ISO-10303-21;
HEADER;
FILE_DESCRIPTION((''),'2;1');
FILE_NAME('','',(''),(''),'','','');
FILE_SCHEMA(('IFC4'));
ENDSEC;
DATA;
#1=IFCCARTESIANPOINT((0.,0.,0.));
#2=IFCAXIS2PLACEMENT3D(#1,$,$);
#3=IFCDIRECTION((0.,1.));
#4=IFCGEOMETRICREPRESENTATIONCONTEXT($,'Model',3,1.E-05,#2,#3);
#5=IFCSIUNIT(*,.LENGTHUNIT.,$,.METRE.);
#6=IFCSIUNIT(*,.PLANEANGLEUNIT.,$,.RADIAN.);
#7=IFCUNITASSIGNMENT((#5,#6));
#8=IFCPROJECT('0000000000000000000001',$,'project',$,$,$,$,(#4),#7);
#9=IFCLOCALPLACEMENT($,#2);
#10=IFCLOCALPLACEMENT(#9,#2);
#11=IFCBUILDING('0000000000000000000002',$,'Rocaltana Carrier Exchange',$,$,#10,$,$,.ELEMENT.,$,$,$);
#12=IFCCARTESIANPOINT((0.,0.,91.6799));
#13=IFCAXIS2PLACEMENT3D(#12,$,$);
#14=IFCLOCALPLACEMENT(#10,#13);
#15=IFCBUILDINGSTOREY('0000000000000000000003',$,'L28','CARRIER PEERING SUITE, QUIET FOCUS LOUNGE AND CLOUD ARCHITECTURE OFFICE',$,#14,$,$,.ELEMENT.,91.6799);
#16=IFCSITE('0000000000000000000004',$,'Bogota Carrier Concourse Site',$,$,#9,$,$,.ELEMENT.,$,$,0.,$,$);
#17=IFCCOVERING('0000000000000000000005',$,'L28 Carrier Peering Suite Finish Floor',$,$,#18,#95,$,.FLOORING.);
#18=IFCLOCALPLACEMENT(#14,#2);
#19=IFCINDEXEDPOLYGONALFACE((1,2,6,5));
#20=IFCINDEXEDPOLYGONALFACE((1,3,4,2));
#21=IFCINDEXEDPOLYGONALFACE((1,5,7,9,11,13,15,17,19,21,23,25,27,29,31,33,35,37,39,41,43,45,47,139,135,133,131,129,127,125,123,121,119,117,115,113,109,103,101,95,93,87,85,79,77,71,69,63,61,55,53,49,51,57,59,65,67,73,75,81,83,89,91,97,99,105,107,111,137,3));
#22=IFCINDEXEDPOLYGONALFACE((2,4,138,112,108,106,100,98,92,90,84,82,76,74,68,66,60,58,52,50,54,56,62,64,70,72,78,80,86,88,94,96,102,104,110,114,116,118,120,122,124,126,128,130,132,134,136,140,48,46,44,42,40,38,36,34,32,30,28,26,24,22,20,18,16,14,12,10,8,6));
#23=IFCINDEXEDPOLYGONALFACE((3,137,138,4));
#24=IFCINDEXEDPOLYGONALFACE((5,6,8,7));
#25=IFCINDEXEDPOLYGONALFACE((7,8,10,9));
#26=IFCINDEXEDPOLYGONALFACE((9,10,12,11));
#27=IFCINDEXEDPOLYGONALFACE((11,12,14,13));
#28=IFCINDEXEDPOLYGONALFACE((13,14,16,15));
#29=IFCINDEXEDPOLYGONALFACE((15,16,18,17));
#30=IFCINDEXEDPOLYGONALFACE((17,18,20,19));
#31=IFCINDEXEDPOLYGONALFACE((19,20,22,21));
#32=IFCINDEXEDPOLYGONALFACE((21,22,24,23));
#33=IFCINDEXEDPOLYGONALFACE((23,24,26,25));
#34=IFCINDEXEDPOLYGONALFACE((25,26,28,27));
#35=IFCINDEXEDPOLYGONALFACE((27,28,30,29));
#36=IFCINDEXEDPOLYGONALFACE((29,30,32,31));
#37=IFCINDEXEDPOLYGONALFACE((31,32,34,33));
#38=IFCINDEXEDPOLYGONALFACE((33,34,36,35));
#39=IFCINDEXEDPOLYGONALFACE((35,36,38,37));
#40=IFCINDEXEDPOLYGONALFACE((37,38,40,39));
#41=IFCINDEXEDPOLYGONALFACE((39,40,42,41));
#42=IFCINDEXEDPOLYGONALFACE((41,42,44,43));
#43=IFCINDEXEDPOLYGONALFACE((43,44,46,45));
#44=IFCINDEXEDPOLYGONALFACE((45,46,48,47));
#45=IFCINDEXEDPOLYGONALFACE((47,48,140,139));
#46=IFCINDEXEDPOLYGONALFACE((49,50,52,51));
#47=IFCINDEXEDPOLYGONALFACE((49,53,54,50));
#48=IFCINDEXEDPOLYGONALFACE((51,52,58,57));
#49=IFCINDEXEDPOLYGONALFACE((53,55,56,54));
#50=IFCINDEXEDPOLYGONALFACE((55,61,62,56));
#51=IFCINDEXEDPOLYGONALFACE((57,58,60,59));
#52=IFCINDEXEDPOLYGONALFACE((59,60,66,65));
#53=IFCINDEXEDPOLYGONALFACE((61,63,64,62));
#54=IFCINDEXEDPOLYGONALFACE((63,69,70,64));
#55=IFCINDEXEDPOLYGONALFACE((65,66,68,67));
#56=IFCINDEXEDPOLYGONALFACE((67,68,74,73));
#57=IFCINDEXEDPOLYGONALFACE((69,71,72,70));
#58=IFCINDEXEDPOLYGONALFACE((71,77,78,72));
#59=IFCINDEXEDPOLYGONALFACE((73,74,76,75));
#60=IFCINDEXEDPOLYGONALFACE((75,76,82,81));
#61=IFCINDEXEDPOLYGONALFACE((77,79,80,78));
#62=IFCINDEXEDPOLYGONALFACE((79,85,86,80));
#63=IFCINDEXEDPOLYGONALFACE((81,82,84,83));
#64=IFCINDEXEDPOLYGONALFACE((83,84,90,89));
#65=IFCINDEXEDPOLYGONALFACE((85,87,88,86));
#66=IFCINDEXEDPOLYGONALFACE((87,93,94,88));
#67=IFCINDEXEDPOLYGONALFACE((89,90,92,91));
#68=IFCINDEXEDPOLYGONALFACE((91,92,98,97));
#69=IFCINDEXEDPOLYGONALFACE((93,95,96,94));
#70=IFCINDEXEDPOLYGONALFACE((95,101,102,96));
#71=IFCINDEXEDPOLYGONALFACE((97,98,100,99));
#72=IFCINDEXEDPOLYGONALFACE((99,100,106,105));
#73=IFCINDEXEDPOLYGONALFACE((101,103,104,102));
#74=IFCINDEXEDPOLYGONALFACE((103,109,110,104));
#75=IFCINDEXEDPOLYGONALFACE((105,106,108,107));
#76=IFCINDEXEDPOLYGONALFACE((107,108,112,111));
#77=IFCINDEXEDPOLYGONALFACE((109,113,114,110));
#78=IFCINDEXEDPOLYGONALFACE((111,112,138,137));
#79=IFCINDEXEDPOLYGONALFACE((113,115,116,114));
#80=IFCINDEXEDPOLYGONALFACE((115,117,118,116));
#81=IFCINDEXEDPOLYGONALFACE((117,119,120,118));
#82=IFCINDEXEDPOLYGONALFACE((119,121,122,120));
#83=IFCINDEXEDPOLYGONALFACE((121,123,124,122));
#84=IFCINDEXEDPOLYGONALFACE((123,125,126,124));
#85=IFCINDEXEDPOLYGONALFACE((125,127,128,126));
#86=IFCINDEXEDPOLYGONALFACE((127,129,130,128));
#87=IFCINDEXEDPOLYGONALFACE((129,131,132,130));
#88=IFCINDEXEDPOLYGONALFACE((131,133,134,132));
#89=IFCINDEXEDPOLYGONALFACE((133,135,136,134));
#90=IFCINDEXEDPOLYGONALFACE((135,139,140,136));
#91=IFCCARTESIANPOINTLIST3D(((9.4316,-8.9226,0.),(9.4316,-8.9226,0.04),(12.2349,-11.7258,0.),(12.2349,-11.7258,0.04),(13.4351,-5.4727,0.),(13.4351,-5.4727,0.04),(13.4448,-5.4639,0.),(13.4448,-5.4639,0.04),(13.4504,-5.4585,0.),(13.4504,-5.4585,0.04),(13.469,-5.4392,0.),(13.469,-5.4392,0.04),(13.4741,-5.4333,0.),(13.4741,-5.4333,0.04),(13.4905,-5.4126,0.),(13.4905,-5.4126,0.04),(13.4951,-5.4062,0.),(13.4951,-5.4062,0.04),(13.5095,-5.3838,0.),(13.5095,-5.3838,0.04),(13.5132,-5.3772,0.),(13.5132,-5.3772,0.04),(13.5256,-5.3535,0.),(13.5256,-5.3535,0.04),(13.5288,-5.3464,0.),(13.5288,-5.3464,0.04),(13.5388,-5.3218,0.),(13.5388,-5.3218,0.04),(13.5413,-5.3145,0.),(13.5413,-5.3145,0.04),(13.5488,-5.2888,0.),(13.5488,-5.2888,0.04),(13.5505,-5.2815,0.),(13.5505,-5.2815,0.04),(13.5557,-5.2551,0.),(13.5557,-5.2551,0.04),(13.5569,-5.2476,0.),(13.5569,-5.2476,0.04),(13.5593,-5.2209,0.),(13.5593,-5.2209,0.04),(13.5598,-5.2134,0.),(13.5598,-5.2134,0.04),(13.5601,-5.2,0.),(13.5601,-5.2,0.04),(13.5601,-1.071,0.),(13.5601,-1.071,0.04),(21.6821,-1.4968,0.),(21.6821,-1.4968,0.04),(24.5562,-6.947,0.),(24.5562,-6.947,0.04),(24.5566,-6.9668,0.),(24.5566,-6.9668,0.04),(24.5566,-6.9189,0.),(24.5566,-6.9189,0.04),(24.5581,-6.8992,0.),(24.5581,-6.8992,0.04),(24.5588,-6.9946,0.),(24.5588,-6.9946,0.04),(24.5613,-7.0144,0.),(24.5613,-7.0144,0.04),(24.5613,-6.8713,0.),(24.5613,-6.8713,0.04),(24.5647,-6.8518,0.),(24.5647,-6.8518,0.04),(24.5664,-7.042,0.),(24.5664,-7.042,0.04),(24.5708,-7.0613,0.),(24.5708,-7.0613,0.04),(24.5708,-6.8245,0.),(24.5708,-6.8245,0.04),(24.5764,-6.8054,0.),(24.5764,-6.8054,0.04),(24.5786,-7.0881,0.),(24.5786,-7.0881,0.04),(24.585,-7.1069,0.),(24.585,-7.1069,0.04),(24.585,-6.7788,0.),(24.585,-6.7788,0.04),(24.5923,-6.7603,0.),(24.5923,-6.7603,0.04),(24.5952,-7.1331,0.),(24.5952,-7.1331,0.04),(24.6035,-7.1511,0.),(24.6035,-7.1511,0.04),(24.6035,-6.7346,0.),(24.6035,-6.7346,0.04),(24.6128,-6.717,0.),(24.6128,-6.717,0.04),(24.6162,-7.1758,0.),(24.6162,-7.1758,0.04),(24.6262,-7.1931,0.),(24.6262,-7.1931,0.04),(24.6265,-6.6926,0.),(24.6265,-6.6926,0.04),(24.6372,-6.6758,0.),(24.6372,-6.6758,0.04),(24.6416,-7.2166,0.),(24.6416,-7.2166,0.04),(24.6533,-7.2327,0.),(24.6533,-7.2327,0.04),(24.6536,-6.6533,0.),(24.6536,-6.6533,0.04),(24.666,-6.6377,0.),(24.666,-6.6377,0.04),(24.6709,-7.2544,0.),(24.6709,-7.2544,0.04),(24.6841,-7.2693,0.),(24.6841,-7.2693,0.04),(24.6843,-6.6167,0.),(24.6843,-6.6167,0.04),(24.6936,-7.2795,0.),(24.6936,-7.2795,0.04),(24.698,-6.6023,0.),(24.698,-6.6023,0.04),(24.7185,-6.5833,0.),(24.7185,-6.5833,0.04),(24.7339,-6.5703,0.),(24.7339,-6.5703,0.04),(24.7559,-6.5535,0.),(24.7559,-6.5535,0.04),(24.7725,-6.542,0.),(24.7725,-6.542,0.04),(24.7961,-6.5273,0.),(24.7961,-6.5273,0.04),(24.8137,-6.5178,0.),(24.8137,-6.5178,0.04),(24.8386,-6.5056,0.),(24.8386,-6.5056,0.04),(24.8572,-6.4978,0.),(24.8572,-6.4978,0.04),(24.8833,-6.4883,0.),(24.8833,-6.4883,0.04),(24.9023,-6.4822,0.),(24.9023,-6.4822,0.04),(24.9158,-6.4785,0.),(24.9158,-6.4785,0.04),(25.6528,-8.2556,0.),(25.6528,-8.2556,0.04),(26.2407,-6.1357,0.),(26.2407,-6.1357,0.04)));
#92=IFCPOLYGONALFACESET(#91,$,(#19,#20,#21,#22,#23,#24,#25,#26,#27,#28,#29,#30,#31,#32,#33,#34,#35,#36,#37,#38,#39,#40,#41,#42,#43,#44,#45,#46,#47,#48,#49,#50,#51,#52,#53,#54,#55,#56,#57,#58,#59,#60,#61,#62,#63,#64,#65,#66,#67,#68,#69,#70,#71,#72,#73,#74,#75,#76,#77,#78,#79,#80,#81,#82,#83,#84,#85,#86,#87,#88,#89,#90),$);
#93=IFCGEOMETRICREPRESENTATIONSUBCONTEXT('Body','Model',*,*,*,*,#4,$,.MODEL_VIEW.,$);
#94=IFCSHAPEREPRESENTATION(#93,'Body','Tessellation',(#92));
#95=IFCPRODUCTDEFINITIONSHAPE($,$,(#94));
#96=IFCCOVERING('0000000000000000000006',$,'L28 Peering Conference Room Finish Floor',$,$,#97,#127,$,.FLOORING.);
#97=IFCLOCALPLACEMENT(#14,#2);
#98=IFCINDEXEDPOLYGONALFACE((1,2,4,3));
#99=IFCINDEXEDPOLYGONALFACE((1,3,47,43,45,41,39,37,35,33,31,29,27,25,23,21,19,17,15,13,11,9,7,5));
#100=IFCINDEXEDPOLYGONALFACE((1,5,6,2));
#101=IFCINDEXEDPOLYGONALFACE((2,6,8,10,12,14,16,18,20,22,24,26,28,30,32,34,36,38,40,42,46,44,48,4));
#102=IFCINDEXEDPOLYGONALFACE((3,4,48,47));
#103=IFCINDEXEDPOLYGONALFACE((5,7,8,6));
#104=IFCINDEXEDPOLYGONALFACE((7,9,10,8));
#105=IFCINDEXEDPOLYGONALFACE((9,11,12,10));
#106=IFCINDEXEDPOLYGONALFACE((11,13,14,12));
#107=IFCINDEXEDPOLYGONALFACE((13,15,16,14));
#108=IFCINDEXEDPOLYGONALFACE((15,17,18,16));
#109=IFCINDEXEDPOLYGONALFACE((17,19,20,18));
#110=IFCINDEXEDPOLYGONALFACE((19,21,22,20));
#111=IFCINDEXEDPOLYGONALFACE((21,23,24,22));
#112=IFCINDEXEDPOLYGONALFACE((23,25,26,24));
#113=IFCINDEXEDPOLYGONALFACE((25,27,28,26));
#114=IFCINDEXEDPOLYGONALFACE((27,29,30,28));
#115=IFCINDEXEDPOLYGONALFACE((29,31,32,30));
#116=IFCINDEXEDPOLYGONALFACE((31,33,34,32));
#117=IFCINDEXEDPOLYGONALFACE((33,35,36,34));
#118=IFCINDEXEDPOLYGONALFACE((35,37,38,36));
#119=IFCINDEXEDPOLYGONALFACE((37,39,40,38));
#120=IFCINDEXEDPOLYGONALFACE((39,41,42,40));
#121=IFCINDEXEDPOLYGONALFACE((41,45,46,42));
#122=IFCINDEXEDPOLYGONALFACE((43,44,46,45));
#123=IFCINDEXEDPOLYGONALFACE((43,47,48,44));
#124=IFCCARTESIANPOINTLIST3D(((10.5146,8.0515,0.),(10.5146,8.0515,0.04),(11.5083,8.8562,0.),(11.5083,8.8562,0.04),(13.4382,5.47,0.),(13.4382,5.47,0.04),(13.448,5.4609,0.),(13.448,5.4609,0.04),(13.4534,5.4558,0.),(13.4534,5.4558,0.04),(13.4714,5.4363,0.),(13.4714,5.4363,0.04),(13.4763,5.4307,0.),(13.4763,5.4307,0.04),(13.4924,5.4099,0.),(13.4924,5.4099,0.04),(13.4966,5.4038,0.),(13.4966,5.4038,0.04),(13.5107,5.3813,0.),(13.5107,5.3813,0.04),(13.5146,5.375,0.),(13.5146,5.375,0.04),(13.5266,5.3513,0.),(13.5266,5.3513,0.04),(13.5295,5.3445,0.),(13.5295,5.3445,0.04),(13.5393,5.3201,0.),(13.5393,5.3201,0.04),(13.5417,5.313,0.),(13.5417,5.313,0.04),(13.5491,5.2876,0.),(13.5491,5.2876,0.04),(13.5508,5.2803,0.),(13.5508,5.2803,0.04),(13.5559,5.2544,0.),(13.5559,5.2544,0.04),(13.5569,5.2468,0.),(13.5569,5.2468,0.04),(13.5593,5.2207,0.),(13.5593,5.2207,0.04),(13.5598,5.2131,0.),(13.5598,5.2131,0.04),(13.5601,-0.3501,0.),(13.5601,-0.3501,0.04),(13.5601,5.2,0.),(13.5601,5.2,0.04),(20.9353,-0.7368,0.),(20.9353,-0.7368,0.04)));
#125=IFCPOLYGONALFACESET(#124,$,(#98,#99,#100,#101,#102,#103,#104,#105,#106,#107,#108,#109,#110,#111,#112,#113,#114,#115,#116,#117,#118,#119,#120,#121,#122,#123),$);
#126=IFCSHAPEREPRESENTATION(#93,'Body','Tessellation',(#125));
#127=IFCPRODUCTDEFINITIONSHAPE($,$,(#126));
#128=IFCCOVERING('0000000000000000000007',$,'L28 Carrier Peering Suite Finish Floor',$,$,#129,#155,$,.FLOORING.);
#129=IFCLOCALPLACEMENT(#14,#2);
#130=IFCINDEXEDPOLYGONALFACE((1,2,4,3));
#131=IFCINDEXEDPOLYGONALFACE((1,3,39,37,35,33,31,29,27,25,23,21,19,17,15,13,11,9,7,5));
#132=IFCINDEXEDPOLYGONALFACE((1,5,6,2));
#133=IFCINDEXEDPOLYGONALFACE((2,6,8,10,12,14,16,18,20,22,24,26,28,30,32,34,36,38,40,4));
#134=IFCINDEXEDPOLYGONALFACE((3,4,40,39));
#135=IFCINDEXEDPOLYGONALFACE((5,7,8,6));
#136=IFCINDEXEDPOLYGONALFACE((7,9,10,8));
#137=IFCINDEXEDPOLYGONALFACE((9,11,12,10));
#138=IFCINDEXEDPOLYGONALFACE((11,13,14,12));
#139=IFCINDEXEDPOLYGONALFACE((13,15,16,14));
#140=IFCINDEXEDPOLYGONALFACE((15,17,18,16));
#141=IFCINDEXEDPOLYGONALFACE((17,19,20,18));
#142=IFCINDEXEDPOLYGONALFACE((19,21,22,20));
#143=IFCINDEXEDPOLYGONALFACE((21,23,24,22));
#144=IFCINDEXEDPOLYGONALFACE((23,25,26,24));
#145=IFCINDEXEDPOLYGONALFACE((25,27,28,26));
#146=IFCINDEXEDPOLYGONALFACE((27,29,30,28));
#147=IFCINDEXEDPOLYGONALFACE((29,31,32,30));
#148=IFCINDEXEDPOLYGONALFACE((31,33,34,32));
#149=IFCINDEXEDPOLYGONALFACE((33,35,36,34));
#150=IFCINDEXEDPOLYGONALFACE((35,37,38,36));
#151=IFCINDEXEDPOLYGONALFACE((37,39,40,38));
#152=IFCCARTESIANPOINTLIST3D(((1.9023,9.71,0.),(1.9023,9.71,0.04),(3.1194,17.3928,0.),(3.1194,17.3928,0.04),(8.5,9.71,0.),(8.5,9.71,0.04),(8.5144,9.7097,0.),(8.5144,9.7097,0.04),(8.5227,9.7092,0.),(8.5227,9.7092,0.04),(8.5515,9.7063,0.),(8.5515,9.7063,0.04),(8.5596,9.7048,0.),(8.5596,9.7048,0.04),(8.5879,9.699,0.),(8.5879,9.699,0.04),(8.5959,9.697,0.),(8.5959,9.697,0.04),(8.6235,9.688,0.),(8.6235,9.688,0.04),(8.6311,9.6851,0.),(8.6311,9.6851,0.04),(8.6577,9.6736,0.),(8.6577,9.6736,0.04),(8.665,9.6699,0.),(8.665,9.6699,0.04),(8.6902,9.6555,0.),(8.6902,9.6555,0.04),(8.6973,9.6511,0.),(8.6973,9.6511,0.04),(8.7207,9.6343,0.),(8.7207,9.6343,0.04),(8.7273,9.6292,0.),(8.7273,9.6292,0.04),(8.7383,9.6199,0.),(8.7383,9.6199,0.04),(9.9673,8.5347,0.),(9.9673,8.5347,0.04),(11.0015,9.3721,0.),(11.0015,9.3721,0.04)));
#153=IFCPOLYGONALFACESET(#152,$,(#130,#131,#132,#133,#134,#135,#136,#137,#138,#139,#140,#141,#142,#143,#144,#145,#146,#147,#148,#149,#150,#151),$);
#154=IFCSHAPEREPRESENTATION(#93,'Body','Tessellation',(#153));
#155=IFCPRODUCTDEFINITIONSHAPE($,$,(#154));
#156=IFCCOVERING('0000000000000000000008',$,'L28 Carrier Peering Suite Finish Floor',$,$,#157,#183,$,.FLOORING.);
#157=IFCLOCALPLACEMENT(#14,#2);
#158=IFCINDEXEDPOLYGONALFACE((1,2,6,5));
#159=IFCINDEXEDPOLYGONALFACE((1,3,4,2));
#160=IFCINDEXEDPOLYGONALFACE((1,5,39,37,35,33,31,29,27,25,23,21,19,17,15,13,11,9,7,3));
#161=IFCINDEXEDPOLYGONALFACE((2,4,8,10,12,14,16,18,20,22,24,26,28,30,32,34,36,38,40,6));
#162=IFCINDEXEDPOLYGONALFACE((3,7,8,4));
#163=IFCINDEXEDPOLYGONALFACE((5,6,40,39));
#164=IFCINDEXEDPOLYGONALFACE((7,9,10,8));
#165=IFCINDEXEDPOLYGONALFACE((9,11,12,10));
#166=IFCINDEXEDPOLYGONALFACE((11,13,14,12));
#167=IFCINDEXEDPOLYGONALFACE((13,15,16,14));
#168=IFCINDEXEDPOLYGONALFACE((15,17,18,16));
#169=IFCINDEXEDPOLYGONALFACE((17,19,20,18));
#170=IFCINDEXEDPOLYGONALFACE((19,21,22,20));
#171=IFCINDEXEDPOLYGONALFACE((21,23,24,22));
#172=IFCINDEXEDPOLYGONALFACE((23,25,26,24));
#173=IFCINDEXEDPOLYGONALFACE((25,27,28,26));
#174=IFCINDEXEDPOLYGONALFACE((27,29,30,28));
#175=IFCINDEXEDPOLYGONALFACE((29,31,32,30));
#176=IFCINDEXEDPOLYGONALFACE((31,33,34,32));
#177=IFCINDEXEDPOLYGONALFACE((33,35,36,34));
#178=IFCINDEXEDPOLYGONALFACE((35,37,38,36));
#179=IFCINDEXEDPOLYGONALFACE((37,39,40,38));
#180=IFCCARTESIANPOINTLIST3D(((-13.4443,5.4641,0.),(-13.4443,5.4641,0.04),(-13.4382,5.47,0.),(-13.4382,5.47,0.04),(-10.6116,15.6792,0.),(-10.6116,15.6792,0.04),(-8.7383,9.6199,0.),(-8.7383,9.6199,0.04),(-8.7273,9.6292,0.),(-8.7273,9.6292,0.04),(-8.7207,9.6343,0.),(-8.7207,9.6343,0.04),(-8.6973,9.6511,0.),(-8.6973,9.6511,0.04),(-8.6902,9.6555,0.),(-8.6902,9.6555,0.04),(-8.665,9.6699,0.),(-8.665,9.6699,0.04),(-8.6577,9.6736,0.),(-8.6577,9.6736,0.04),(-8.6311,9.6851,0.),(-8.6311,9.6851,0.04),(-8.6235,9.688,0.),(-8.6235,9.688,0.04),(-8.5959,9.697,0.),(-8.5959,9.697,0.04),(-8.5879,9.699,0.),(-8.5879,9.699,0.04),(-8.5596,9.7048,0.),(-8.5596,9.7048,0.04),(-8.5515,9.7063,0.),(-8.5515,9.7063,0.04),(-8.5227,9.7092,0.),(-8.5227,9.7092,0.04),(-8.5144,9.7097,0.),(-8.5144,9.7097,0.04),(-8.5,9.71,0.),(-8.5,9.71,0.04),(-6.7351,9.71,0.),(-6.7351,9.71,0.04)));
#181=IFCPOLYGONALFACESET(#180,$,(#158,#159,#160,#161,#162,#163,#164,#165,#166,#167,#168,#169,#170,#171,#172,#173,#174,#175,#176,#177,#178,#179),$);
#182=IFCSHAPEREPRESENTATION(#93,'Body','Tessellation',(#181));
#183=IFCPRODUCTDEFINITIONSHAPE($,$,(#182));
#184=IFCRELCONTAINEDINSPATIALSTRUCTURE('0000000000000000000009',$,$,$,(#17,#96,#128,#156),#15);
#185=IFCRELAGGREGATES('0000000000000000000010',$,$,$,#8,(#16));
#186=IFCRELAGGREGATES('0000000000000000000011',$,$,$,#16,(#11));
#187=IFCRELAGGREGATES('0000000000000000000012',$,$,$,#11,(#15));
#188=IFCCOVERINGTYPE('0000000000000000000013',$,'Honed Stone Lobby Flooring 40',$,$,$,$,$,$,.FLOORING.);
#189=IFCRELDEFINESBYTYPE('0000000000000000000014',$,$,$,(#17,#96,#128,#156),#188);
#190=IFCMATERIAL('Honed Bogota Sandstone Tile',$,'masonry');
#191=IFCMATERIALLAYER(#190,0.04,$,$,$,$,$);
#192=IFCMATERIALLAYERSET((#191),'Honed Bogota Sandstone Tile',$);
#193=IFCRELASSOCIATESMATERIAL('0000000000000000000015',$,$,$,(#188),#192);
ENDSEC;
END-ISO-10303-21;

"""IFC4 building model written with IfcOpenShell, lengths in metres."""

from ifc_helpers import new_model, si_unit, direction, frame, origin, place, context, subcontext, project, spatial, polyline, outline, extrude, material, layer, layer_set, type_object, element, save


model = new_model("IFC4")

# Units and contexts
model_context = context("Model", 3, precision=1e-05, world=origin(), true_north=direction((0.0, 1.0)))
body_context = subcontext(model_context, "Body", "Model", "MODEL_VIEW")
ifc_project = project(units=[si_unit("LENGTHUNIT", "METRE"), si_unit("PLANEANGLEUNIT", "RADIAN")], contexts=[model_context])

# Site, building, storey
site_placement = place(None, origin())
site = spatial("IfcSite", under=ifc_project, at=site_placement, Name="Bogota Carrier Concourse Site", CompositionType="ELEMENT", RefElevation=0.0)
building_placement = place(site_placement, origin())
building = spatial("IfcBuilding", under=site, at=building_placement, Name="Rocaltana Carrier Exchange", CompositionType="ELEMENT")
storey_placement = place(building_placement, frame((0.0, 0.0, 91.6799)))
storey = spatial("IfcBuildingStorey", under=building, at=storey_placement, Name="L28", Description="CARRIER PEERING SUITE, QUIET FOCUS LOUNGE AND CLOUD ARCHITECTURE OFFICE", CompositionType="ELEMENT", Elevation=91.6799)

# Coverings
ifc_material_1 = material(Name="Honed Bogota Sandstone Tile", Category="masonry")
ifc_layer_1 = layer(ifc_material_1, 0.04)
ifc_layer_set_1 = layer_set([ifc_layer_1], Name="Honed Bogota Sandstone Tile")
covering_type_1 = type_object("IfcCoveringType", Name="Honed Stone Lobby Flooring 40", PredefinedType="FLOORING", material=ifc_layer_set_1)
covering_1_placement = place(storey_placement, origin())
element("IfcCovering", 1, at=covering_1_placement, inside=storey, type_object=covering_type_1, Name="L28 Carrier Peering Suite Finish Floor", PredefinedType="FLOORING", context=body_context, shape_type="SweptSolid", body=[
    extrude(outline(polyline([(26.2407, -6.1357), (24.9158, -6.4785), (24.9023, -6.4822), (24.8833, -6.4883), (24.8572, -6.4978), (24.8386, -6.5056), (24.8137, -6.5178), (24.7961, -6.5273), (24.7725, -6.542), (24.7559, -6.5535), (24.7339, -6.5703), (24.7185, -6.5833), (24.698, -6.6023), (24.6843, -6.6167), (24.666, -6.6377), (24.6536, -6.6533), (24.6372, -6.6758), (24.6265, -6.6926), (24.6128, -6.717), (24.6035, -6.7346), (24.5923, -6.7603), (24.585, -6.7788), (24.5764, -6.8054), (24.5708, -6.8245), (24.5647, -6.8518), (24.5613, -6.8713), (24.5581, -6.8992), (24.5566, -6.9189), (24.5562, -6.947), (24.5566, -6.9668), (24.5588, -6.9946), (24.5613, -7.0144), (24.5664, -7.042), (24.5708, -7.0613), (24.5786, -7.0881), (24.585, -7.1069), (24.5952, -7.1331), (24.6035, -7.1511), (24.6162, -7.1758), (24.6262, -7.1931), (24.6416, -7.2166), (24.6533, -7.2327), (24.6709, -7.2544), (24.6841, -7.2693), (24.6936, -7.2795), (25.6528, -8.2556), (12.2349, -11.7258), (9.4316, -8.9226), (13.4351, -5.4727), (13.4448, -5.4639), (13.4504, -5.4585), (13.469, -5.4392), (13.4741, -5.4333), (13.4905, -5.4126), (13.4951, -5.4062), (13.5095, -5.3838), (13.5132, -5.3772), (13.5256, -5.3535), (13.5288, -5.3464), (13.5388, -5.3218), (13.5413, -5.3145), (13.5488, -5.2888), (13.5505, -5.2815), (13.5557, -5.2551), (13.5569, -5.2476), (13.5593, -5.2209), (13.5598, -5.2134), (13.5601, -5.2), (13.5601, -1.071), (21.6821, -1.4968), (26.2407, -6.1357)])), origin(), (0.0, 0.0, 1.0), 0.04),
])
covering_2_placement = place(storey_placement, origin())
element("IfcCovering", 2, at=covering_2_placement, inside=storey, type_object=covering_type_1, Name="L28 Peering Conference Room Finish Floor", PredefinedType="FLOORING", context=body_context, shape_type="SweptSolid", body=[
    extrude(outline(polyline([(20.9353, -0.7368), (13.5601, -0.3501), (13.5601, 5.2), (13.5598, 5.2131), (13.5593, 5.2207), (13.5569, 5.2468), (13.5559, 5.2544), (13.5508, 5.2803), (13.5491, 5.2876), (13.5417, 5.313), (13.5393, 5.3201), (13.5295, 5.3445), (13.5266, 5.3513), (13.5146, 5.375), (13.5107, 5.3813), (13.4966, 5.4038), (13.4924, 5.4099), (13.4763, 5.4307), (13.4714, 5.4363), (13.4534, 5.4558), (13.448, 5.4609), (13.4382, 5.47), (10.5146, 8.0515), (11.5083, 8.8562), (20.9353, -0.7368)])), origin(), (0.0, 0.0, 1.0), 0.04),
])
covering_3_placement = place(storey_placement, origin())
element("IfcCovering", 3, at=covering_3_placement, inside=storey, type_object=covering_type_1, Name="L28 Carrier Peering Suite Finish Floor", PredefinedType="FLOORING", context=body_context, shape_type="SweptSolid", body=[
    extrude(outline(polyline([(11.0015, 9.3721), (9.9673, 8.5347), (8.7383, 9.6199), (8.7273, 9.6292), (8.7207, 9.6343), (8.6973, 9.6511), (8.6902, 9.6555), (8.665, 9.6699), (8.6577, 9.6736), (8.6311, 9.6851), (8.6235, 9.688), (8.5959, 9.697), (8.5879, 9.699), (8.5596, 9.7048), (8.5515, 9.7063), (8.5227, 9.7092), (8.5144, 9.7097), (8.5, 9.71), (1.9023, 9.71), (3.1194, 17.3928), (11.0015, 9.3721)])), origin(), (0.0, 0.0, 1.0), 0.04),
])
covering_4_placement = place(storey_placement, origin())
element("IfcCovering", 4, at=covering_4_placement, inside=storey, type_object=covering_type_1, Name="L28 Carrier Peering Suite Finish Floor", PredefinedType="FLOORING", context=body_context, shape_type="SweptSolid", body=[
    extrude(outline(polyline([(-13.4443, 5.4641), (-10.6116, 15.6792), (-6.7351, 9.71), (-8.5, 9.71), (-8.5144, 9.7097), (-8.5227, 9.7092), (-8.5515, 9.7063), (-8.5596, 9.7048), (-8.5879, 9.699), (-8.5959, 9.697), (-8.6235, 9.688), (-8.6311, 9.6851), (-8.6577, 9.6736), (-8.665, 9.6699), (-8.6902, 9.6555), (-8.6973, 9.6511), (-8.7207, 9.6343), (-8.7273, 9.6292), (-8.7383, 9.6199), (-13.4382, 5.47), (-13.4443, 5.4641)])), origin(), (0.0, 0.0, 1.0), 0.04),
])

save(model, "model.ifc")
